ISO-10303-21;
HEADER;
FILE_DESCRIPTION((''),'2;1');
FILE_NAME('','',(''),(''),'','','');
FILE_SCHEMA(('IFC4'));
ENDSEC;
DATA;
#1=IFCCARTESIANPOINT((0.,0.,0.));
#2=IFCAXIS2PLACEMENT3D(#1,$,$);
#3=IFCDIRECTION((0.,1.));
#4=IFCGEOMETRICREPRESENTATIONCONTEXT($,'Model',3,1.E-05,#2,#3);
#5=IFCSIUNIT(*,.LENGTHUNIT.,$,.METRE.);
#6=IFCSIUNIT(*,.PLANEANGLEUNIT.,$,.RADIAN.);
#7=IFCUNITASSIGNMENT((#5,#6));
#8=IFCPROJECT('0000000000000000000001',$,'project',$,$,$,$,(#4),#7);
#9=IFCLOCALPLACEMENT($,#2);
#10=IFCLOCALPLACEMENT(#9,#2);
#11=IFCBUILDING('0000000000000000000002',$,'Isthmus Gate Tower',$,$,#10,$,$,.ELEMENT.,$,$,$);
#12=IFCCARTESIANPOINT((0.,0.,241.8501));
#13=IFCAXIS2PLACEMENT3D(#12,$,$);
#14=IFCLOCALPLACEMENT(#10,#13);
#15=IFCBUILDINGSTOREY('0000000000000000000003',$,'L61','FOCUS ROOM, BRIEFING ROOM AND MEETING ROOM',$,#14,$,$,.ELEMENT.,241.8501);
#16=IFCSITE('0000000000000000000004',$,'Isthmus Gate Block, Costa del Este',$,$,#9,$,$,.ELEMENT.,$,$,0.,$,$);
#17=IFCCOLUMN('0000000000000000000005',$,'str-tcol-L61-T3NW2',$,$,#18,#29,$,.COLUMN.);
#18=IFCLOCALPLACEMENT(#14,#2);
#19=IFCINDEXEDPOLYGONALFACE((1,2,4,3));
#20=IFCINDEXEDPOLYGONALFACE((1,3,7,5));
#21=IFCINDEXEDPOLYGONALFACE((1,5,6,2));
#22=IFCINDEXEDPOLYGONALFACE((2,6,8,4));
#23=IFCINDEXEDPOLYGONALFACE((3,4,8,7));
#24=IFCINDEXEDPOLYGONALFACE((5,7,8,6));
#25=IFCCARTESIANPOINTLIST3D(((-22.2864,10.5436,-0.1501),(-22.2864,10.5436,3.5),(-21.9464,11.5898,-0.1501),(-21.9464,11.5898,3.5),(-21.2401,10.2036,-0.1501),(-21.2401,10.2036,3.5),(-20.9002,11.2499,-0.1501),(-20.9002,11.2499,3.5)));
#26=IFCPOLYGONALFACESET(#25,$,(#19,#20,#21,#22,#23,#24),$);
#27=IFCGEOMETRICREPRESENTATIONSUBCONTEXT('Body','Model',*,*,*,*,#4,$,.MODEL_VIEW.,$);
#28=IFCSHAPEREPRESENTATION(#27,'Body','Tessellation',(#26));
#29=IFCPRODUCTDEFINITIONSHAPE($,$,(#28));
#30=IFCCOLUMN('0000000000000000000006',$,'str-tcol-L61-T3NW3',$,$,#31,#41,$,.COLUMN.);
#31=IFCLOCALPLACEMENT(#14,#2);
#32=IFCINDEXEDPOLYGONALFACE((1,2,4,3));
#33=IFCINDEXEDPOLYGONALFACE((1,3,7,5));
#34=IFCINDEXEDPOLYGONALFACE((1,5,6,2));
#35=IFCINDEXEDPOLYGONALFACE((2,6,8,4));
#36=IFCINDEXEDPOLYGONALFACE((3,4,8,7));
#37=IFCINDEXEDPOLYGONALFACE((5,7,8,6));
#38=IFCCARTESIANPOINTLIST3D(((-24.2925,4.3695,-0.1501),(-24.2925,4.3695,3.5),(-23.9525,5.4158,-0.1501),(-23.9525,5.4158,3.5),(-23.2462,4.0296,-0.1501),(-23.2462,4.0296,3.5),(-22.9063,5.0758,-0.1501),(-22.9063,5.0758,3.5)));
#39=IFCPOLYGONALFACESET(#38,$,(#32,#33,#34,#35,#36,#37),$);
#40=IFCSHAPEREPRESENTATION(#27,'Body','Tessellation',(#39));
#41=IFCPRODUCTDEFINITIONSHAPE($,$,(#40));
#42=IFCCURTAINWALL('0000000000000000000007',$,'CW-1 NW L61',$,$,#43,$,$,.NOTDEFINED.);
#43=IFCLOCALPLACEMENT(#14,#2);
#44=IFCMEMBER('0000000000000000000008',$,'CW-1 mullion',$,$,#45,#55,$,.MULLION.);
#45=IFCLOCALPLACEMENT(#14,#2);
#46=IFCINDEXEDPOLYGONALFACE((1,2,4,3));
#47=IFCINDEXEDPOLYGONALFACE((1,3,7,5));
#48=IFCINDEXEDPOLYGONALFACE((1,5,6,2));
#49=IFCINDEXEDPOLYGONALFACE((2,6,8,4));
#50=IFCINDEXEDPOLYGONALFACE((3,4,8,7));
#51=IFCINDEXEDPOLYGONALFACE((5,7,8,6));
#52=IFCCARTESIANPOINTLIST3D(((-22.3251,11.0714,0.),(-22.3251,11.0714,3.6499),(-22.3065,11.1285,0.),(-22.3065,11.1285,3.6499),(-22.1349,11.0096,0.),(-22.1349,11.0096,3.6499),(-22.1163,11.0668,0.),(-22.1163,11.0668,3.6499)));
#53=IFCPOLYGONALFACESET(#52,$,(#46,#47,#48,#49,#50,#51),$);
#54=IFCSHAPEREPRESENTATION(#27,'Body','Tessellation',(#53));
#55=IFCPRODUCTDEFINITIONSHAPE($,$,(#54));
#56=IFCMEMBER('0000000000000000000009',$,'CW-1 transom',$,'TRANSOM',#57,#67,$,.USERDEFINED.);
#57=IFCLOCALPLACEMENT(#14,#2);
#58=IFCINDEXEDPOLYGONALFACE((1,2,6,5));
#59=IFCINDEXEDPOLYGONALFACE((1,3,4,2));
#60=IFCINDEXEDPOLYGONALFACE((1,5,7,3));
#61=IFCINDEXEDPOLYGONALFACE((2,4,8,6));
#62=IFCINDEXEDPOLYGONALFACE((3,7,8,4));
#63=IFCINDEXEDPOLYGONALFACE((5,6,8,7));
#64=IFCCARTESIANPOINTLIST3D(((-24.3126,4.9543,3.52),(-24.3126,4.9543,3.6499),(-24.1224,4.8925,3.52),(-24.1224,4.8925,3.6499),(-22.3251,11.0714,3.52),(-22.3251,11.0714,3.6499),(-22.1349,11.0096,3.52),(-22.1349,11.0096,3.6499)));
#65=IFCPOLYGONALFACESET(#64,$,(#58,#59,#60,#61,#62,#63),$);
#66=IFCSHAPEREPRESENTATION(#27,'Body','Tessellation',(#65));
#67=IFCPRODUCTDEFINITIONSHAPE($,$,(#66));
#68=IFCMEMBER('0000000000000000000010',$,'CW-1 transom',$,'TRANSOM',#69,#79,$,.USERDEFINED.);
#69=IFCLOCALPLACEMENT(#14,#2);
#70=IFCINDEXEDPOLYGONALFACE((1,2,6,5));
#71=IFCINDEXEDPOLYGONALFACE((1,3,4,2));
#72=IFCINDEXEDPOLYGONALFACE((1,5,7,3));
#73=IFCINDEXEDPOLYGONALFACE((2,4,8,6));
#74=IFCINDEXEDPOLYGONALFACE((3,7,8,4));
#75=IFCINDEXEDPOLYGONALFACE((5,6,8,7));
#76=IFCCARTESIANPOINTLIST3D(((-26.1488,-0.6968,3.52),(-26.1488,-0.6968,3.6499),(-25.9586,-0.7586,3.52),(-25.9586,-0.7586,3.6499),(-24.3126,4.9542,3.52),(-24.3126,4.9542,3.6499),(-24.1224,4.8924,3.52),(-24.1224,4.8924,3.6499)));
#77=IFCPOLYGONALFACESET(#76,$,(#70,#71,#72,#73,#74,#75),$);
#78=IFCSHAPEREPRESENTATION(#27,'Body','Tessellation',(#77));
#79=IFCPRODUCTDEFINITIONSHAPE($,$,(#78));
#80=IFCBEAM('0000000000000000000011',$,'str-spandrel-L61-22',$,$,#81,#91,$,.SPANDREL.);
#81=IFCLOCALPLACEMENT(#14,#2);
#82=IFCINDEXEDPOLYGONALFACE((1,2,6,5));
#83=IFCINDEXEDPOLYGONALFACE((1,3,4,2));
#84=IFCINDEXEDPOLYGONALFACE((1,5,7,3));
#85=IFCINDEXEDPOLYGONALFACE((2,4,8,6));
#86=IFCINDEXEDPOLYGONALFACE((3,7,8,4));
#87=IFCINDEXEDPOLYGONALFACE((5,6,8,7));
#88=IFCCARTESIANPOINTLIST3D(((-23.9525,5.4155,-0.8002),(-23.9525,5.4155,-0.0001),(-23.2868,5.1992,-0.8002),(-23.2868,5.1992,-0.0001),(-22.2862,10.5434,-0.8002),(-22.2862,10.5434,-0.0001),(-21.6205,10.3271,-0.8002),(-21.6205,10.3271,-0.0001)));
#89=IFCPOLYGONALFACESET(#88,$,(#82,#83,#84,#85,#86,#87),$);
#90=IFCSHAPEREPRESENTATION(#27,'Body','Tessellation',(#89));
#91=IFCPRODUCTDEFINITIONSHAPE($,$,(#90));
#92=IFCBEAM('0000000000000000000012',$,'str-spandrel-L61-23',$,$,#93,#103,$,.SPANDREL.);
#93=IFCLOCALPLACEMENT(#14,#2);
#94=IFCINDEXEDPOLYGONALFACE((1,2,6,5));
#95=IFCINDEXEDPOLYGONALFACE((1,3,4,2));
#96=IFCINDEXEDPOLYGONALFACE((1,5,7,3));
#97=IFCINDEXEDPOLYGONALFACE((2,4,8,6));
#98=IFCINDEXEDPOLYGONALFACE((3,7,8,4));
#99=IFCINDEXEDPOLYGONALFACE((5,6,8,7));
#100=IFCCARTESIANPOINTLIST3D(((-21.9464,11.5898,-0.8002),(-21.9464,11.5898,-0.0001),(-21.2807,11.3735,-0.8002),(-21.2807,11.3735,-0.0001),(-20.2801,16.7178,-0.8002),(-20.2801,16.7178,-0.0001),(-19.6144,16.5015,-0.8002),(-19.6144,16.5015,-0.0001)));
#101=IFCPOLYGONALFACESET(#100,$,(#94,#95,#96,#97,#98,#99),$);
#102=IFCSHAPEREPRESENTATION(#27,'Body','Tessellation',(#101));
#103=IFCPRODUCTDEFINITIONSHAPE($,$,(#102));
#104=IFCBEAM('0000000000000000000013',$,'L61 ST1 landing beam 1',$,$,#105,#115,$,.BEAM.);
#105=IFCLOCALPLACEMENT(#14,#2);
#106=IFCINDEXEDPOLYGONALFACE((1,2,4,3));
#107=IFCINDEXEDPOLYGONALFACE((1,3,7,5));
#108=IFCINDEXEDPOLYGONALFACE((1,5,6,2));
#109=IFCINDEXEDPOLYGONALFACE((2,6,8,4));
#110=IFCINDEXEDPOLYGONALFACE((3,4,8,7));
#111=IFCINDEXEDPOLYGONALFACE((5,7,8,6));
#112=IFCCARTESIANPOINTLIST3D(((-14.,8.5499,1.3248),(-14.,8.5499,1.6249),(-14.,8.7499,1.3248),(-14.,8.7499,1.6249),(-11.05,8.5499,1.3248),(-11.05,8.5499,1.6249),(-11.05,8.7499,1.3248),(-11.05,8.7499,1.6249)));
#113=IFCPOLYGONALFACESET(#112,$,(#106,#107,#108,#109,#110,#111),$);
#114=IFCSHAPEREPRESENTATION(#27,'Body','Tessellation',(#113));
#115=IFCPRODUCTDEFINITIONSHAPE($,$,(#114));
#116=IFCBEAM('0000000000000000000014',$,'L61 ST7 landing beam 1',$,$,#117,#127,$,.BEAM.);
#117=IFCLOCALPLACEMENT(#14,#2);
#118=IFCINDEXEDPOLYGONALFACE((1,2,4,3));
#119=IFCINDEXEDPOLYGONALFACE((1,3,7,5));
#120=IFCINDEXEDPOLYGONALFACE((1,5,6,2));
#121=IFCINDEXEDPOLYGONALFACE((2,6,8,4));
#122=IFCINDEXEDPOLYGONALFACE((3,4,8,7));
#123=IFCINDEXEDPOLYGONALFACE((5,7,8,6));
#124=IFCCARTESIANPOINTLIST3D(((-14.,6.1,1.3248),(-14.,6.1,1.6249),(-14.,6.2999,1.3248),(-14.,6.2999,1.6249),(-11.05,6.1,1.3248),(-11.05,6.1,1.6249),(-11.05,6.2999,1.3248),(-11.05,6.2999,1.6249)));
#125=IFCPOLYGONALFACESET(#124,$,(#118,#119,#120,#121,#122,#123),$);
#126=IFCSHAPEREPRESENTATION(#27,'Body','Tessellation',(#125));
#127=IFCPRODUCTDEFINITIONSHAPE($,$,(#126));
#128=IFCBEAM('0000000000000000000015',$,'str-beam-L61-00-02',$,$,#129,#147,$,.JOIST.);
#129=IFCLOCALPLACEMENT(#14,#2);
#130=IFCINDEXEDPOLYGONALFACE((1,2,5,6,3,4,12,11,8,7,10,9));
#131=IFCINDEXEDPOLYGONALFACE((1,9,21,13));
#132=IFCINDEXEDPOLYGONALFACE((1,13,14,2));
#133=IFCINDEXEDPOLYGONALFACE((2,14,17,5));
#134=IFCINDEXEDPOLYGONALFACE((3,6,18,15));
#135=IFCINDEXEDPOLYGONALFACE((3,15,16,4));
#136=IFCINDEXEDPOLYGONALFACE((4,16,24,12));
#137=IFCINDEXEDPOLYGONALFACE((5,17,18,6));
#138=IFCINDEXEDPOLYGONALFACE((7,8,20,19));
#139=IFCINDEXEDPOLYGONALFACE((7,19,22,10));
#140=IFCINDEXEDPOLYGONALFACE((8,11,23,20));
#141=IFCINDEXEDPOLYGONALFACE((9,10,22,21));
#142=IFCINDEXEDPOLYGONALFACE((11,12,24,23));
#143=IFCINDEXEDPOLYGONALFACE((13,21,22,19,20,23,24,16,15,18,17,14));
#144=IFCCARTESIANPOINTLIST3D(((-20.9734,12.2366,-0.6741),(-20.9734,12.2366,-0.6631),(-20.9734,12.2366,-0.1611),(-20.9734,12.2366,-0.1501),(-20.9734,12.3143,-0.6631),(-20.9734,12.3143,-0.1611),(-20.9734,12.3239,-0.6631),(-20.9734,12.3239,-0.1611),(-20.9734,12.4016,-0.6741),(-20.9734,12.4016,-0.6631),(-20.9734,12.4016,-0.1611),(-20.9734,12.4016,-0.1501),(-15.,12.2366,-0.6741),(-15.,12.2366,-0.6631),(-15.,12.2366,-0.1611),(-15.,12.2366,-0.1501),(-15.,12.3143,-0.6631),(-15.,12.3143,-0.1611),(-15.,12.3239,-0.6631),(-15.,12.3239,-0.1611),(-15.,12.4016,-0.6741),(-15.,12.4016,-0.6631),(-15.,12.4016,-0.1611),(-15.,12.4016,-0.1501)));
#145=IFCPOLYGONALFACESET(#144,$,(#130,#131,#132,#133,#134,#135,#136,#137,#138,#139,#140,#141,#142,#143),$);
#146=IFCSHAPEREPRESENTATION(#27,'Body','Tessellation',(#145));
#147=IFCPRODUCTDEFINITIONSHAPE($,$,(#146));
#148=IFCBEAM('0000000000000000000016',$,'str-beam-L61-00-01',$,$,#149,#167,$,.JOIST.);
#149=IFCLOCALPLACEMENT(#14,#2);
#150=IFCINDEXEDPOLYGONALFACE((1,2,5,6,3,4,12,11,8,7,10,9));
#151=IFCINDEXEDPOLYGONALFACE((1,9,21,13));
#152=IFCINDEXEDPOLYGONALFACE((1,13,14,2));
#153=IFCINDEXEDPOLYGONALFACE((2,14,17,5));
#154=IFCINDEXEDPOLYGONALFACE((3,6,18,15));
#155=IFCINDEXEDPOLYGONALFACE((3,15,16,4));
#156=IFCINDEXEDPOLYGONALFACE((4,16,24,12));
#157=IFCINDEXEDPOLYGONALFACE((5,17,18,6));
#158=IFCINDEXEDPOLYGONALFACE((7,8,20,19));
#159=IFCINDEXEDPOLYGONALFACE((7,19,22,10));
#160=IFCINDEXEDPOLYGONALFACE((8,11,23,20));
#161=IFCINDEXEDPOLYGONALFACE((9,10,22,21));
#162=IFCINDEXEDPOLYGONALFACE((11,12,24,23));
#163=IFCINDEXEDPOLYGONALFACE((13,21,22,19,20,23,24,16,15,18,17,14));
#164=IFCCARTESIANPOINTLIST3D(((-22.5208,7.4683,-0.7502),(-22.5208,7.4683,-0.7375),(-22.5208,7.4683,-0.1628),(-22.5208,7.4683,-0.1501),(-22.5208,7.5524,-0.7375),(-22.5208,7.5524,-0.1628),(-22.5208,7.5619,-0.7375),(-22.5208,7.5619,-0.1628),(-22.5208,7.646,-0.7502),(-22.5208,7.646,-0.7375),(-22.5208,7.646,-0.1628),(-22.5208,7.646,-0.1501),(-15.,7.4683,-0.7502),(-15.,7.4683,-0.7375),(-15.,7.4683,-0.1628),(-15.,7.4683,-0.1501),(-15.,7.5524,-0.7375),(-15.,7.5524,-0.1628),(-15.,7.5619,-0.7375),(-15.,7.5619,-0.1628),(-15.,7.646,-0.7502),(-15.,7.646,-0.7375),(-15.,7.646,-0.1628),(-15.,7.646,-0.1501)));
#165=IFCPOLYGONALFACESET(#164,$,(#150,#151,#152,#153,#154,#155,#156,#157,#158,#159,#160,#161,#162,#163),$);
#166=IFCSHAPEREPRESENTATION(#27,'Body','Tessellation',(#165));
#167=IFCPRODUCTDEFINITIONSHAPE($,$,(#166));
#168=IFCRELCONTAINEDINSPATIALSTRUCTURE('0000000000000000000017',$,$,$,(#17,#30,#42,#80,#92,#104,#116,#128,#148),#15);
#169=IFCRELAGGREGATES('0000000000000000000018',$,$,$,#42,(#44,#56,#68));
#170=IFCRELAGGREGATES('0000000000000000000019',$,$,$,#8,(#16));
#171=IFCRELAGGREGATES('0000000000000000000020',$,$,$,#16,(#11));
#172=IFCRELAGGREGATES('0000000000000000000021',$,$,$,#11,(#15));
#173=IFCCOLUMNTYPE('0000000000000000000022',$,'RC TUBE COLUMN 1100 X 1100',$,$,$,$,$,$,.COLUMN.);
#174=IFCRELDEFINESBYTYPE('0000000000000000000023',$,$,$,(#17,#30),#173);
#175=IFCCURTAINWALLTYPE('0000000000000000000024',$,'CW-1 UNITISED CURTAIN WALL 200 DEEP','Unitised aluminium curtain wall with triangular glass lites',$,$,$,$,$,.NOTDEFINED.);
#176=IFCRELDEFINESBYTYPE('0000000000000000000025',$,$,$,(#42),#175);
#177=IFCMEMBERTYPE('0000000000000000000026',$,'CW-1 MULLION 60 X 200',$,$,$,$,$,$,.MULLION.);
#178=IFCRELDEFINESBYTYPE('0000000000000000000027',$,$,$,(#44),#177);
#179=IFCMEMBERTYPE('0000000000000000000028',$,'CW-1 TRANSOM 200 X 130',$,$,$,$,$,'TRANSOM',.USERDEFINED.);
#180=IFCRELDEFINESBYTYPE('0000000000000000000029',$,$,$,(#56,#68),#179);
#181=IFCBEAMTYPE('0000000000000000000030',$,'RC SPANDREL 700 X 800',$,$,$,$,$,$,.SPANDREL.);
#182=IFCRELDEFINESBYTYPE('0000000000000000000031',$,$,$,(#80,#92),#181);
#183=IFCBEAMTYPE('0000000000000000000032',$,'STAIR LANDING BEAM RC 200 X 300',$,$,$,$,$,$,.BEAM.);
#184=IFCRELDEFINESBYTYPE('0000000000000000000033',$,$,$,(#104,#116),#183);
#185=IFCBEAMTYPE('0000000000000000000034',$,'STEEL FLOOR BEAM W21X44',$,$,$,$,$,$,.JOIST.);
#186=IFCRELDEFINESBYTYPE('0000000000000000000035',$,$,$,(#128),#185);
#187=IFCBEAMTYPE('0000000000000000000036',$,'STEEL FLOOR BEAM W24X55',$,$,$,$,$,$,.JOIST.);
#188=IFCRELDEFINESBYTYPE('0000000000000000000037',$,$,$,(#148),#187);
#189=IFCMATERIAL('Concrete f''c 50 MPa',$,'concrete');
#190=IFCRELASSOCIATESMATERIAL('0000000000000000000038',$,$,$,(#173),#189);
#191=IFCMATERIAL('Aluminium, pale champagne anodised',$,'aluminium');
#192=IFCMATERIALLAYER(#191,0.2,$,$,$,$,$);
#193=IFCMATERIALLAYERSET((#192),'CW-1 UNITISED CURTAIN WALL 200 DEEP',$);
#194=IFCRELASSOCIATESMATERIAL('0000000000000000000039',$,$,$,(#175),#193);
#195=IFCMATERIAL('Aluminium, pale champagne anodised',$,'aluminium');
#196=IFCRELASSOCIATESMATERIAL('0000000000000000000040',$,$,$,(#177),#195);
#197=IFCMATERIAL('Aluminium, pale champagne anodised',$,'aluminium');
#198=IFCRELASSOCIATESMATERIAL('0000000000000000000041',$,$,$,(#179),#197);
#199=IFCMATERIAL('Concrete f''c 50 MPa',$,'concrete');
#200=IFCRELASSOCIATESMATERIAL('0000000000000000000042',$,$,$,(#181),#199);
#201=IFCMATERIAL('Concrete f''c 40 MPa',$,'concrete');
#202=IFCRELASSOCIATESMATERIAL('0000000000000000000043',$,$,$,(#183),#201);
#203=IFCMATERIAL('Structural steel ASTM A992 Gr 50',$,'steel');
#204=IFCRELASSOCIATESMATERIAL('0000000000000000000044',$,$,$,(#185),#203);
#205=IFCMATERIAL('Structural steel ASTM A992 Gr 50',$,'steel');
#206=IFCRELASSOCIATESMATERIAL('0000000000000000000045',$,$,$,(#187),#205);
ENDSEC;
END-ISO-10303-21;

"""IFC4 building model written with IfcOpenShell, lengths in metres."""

from ifc_helpers import new_model, si_unit, direction, frame, origin, origin_2d, place, context, subcontext, project, spatial, rectangle, i_section, extrude, material, layer, layer_set, material_profile, profile_set, type_object, element, aggregate, save


model = new_model("IFC4")

# Units and contexts
model_context = context("Model", 3, precision=1e-05, world=origin(), true_north=direction((0.0, 1.0)))
body_context = subcontext(model_context, "Body", "Model", "MODEL_VIEW")
ifc_project = project(units=[si_unit("LENGTHUNIT", "METRE"), si_unit("PLANEANGLEUNIT", "RADIAN")], contexts=[model_context])

# Site, building, storey
site_placement = place(None, origin())
site = spatial("IfcSite", under=ifc_project, at=site_placement, Name="Isthmus Gate Block, Costa del Este", CompositionType="ELEMENT", RefElevation=0.0)
building_placement = place(site_placement, origin())
building = spatial("IfcBuilding", under=site, at=building_placement, Name="Isthmus Gate Tower", CompositionType="ELEMENT")
storey_placement = place(building_placement, frame((0.0, 0.0, 241.8501)))
storey = spatial("IfcBuildingStorey", under=building, at=storey_placement, Name="L61", Description="FOCUS ROOM, BRIEFING ROOM AND MEETING ROOM", CompositionType="ELEMENT", Elevation=241.8501)

# Columns
ifc_material_1 = material(Name="Concrete f'c 50 MPa", Category="concrete")
ifc_material_profile_1 = material_profile(ifc_material_1, rectangle(XDim=1.1001, YDim=1.1001, at=origin_2d()), Name="RC 1100X1100")
ifc_profile_set_1 = profile_set([ifc_material_profile_1], Name="Concrete f'c 50 MPa")
column_type = type_object("IfcColumnType", Name="RC TUBE COLUMN 1100 X 1100", PredefinedType="COLUMN", material=ifc_profile_set_1)
for number, where, z_axis, x_axis, name in (
    (1, (-21.5933, 10.8967, -0.1501), (0.0, 0.0, 1.0), (-0.309017, -0.951057, 0.0), "str-tcol-L61-T3NW2"),
    (2, (-23.5994, 4.7227, -0.1501), (0.0, 0.0, 1.0), (-0.309017, -0.951057, 0.0), "str-tcol-L61-T3NW3"),
):
    element("IfcColumn", number, at=place(storey_placement, frame(where, z_axis=z_axis, x_axis=x_axis)), inside=storey, type_object=column_type, Name=name, PredefinedType="COLUMN", context=body_context, shape_type="SweptSolid", body=[
        extrude(rectangle(XDim=1.1001, YDim=1.1001, at=origin_2d()), origin(), (0.0, 0.0, 1.0), 3.6501),
    ])

# Curtain wall, members
ifc_material_2 = material(Name="Aluminium, pale champagne anodised", Category="aluminium")
ifc_layer_1 = layer(ifc_material_2, 0.2)
ifc_layer_set_1 = layer_set([ifc_layer_1], Name="CW-1 UNITISED CURTAIN WALL 200 DEEP")
curtain_wall_type = type_object("IfcCurtainWallType", Name="CW-1 UNITISED CURTAIN WALL 200 DEEP", Description="Unitised aluminium curtain wall with triangular glass lites", PredefinedType="NOTDEFINED", material=ifc_layer_set_1)
curtain_wall_placement = place(storey_placement, origin())
curtain_wall = element("IfcCurtainWall", 3, at=curtain_wall_placement, inside=storey, type_object=curtain_wall_type, Name="CW-1 NW L61", PredefinedType="NOTDEFINED")
ifc_material_3 = material(Name="Aluminium, pale champagne anodised", Category="aluminium")
ifc_material_profile_2 = material_profile(ifc_material_3, rectangle(XDim=0.0601, YDim=0.2, at=origin_2d()), Name="60x200")
ifc_profile_set_2 = profile_set([ifc_material_profile_2], Name="Aluminium, pale champagne anodised")
member_type_1 = type_object("IfcMemberType", Name="CW-1 MULLION 60 X 200", PredefinedType="MULLION", material=ifc_profile_set_2)
member_1_placement = place(storey_placement, frame((-22.2207, 11.0691, 0.0), z_axis=(0.0, 0.0, 1.0), x_axis=(-0.309017, -0.951057, 0.0)))
member_1 = element("IfcMember", 4, at=member_1_placement, type_object=member_type_1, Name="CW-1 mullion", PredefinedType="MULLION", context=body_context, shape_type="SweptSolid", body=[
    extrude(rectangle(XDim=0.0601, YDim=0.2, at=origin_2d()), origin(), (0.0, 0.0, 1.0), 3.6499),
])
ifc_material_4 = material(Name="Aluminium, pale champagne anodised", Category="aluminium")
ifc_material_profile_3 = material_profile(ifc_material_4, rectangle(XDim=0.2, YDim=0.1299, at=origin_2d()), Name="200x130")
ifc_profile_set_3 = profile_set([ifc_material_profile_3], Name="Aluminium, pale champagne anodised")
member_type_2 = type_object("IfcMemberType", Name="CW-1 TRANSOM 200 X 130", ElementType="TRANSOM", PredefinedType="USERDEFINED", material=ifc_profile_set_3)
member_2_placement = place(storey_placement, frame((-22.23, 11.0405, 3.585), z_axis=(-0.309011, -0.951059, 0.0), x_axis=(0.951059, -0.309011, 0.0)))
member_2 = element("IfcMember", 5, at=member_2_placement, type_object=member_type_2, Name="CW-1 transom", ObjectType="TRANSOM", PredefinedType="USERDEFINED", context=body_context, shape_type="SweptSolid", body=[
    extrude(rectangle(XDim=0.2, YDim=0.1299, at=origin_2d()), origin(), (0.0, 0.0, 1.0), 6.4319),
])
member_3_placement = place(storey_placement, frame((-24.2175, 4.9233, 3.585), z_axis=(-0.30902, -0.951056, 0.0), x_axis=(0.951056, -0.30902, 0.0)))
member_3 = element("IfcMember", 6, at=member_3_placement, type_object=member_type_2, Name="CW-1 transom", ObjectType="TRANSOM", PredefinedType="USERDEFINED", context=body_context, shape_type="SweptSolid", body=[
    extrude(rectangle(XDim=0.2, YDim=0.1299, at=origin_2d()), origin(), (0.0, 0.0, 1.0), 5.9419),
])

# Beams
ifc_material_5 = material(Name="Concrete f'c 50 MPa", Category="concrete")
ifc_material_profile_4 = material_profile(ifc_material_5, rectangle(XDim=0.7, YDim=0.8, at=origin_2d()), Name="RC 700X800")
ifc_profile_set_4 = profile_set([ifc_material_profile_4], Name="Concrete f'c 50 MPa")
beam_type_1 = type_object("IfcBeamType", Name="RC SPANDREL 700 X 800", PredefinedType="SPANDREL", material=ifc_profile_set_4)
for number, where, z_axis, x_axis, name in (
    (7, (-23.6196, 5.3074, -0.4001), (0.309033, 0.951051, 0.0), (-0.951051, 0.309033, 0.0), "str-spandrel-L61-22"),
    (8, (-21.6135, 11.4817, -0.4001), (0.309033, 0.951051, 0.0), (-0.951051, 0.309033, 0.0), "str-spandrel-L61-23"),
):
    element("IfcBeam", number, at=place(storey_placement, frame(where, z_axis=z_axis, x_axis=x_axis)), inside=storey, type_object=beam_type_1, Name=name, PredefinedType="SPANDREL", context=body_context, shape_type="SweptSolid", body=[
        extrude(rectangle(XDim=0.7, YDim=0.8, at=origin_2d()), origin(), (0.0, 0.0, 1.0), 5.3918),
    ])
ifc_material_6 = material(Name="Concrete f'c 40 MPa", Category="concrete")
ifc_material_profile_5 = material_profile(ifc_material_6, rectangle(XDim=0.2, YDim=0.3, at=origin_2d()), Name="STAIR LANDING BEAM RC 200 X 300")
ifc_profile_set_5 = profile_set([ifc_material_profile_5], Name="Concrete f'c 40 MPa")
beam_type_2 = type_object("IfcBeamType", Name="STAIR LANDING BEAM RC 200 X 300", PredefinedType="BEAM", material=ifc_profile_set_5)
for number, where, z_axis, x_axis, name in (
    (9, (-14.0, 8.6499, 1.4749), (1.0, 0.0, 0.0), (0.0, 1.0, 0.0), "L61 ST1 landing beam 1"),
    (10, (-14.0, 6.2, 1.4749), (1.0, 0.0, 0.0), (0.0, 1.0, 0.0), "L61 ST7 landing beam 1"),
):
    element("IfcBeam", number, at=place(storey_placement, frame(where, z_axis=z_axis, x_axis=x_axis)), inside=storey, type_object=beam_type_2, Name=name, PredefinedType="BEAM", context=body_context, shape_type="SweptSolid", body=[
        extrude(rectangle(XDim=0.2, YDim=0.3, at=origin_2d()), origin(), (0.0, 0.0, 1.0), 2.95),
    ])
ifc_material_7 = material(Name="Structural steel ASTM A992 Gr 50", Category="steel")
ifc_material_profile_6 = material_profile(ifc_material_7, i_section(OverallWidth=0.165, OverallDepth=0.5239, WebThickness=0.0095, FlangeThickness=0.011, at=origin_2d()), Name="W21X44")
ifc_profile_set_6 = profile_set([ifc_material_profile_6], Name="Structural steel ASTM A992 Gr 50")
beam_type_3 = type_object("IfcBeamType", Name="STEEL FLOOR BEAM W21X44", PredefinedType="JOIST", material=ifc_profile_set_6)
beam_1_placement = place(storey_placement, frame((-20.9734, 12.3191, -0.4121), z_axis=(1.0, 0.0, 0.0), x_axis=(0.0, 1.0, 0.0)))
element("IfcBeam", 11, at=beam_1_placement, inside=storey, type_object=beam_type_3, Name="str-beam-L61-00-02", PredefinedType="JOIST", context=body_context, shape_type="SweptSolid", body=[
    extrude(i_section(OverallWidth=0.165, OverallDepth=0.5239, WebThickness=0.0095, FlangeThickness=0.011, at=origin_2d()), origin(), (0.0, 0.0, 1.0), 5.9734),
])
ifc_material_8 = material(Name="Structural steel ASTM A992 Gr 50", Category="steel")
ifc_material_profile_7 = material_profile(ifc_material_8, i_section(OverallWidth=0.1777, OverallDepth=0.6001, WebThickness=0.0095, FlangeThickness=0.0127, at=origin_2d()), Name="W24X55")
ifc_profile_set_7 = profile_set([ifc_material_profile_7], Name="Structural steel ASTM A992 Gr 50")
beam_type_4 = type_object("IfcBeamType", Name="STEEL FLOOR BEAM W24X55", PredefinedType="JOIST", material=ifc_profile_set_7)
beam_2_placement = place(storey_placement, frame((-22.5208, 7.5571, -0.4502), z_axis=(1.0, 0.0, 0.0), x_axis=(0.0, 1.0, 0.0)))
element("IfcBeam", 12, at=beam_2_placement, inside=storey, type_object=beam_type_4, Name="str-beam-L61-00-01", PredefinedType="JOIST", context=body_context, shape_type="SweptSolid", body=[
    extrude(i_section(OverallWidth=0.1777, OverallDepth=0.6001, WebThickness=0.0095, FlangeThickness=0.0127, at=origin_2d()), origin(), (0.0, 0.0, 1.0), 7.5208),
])

aggregate(curtain_wall, [member_1, member_2, member_3])

save(model, "model.ifc")
